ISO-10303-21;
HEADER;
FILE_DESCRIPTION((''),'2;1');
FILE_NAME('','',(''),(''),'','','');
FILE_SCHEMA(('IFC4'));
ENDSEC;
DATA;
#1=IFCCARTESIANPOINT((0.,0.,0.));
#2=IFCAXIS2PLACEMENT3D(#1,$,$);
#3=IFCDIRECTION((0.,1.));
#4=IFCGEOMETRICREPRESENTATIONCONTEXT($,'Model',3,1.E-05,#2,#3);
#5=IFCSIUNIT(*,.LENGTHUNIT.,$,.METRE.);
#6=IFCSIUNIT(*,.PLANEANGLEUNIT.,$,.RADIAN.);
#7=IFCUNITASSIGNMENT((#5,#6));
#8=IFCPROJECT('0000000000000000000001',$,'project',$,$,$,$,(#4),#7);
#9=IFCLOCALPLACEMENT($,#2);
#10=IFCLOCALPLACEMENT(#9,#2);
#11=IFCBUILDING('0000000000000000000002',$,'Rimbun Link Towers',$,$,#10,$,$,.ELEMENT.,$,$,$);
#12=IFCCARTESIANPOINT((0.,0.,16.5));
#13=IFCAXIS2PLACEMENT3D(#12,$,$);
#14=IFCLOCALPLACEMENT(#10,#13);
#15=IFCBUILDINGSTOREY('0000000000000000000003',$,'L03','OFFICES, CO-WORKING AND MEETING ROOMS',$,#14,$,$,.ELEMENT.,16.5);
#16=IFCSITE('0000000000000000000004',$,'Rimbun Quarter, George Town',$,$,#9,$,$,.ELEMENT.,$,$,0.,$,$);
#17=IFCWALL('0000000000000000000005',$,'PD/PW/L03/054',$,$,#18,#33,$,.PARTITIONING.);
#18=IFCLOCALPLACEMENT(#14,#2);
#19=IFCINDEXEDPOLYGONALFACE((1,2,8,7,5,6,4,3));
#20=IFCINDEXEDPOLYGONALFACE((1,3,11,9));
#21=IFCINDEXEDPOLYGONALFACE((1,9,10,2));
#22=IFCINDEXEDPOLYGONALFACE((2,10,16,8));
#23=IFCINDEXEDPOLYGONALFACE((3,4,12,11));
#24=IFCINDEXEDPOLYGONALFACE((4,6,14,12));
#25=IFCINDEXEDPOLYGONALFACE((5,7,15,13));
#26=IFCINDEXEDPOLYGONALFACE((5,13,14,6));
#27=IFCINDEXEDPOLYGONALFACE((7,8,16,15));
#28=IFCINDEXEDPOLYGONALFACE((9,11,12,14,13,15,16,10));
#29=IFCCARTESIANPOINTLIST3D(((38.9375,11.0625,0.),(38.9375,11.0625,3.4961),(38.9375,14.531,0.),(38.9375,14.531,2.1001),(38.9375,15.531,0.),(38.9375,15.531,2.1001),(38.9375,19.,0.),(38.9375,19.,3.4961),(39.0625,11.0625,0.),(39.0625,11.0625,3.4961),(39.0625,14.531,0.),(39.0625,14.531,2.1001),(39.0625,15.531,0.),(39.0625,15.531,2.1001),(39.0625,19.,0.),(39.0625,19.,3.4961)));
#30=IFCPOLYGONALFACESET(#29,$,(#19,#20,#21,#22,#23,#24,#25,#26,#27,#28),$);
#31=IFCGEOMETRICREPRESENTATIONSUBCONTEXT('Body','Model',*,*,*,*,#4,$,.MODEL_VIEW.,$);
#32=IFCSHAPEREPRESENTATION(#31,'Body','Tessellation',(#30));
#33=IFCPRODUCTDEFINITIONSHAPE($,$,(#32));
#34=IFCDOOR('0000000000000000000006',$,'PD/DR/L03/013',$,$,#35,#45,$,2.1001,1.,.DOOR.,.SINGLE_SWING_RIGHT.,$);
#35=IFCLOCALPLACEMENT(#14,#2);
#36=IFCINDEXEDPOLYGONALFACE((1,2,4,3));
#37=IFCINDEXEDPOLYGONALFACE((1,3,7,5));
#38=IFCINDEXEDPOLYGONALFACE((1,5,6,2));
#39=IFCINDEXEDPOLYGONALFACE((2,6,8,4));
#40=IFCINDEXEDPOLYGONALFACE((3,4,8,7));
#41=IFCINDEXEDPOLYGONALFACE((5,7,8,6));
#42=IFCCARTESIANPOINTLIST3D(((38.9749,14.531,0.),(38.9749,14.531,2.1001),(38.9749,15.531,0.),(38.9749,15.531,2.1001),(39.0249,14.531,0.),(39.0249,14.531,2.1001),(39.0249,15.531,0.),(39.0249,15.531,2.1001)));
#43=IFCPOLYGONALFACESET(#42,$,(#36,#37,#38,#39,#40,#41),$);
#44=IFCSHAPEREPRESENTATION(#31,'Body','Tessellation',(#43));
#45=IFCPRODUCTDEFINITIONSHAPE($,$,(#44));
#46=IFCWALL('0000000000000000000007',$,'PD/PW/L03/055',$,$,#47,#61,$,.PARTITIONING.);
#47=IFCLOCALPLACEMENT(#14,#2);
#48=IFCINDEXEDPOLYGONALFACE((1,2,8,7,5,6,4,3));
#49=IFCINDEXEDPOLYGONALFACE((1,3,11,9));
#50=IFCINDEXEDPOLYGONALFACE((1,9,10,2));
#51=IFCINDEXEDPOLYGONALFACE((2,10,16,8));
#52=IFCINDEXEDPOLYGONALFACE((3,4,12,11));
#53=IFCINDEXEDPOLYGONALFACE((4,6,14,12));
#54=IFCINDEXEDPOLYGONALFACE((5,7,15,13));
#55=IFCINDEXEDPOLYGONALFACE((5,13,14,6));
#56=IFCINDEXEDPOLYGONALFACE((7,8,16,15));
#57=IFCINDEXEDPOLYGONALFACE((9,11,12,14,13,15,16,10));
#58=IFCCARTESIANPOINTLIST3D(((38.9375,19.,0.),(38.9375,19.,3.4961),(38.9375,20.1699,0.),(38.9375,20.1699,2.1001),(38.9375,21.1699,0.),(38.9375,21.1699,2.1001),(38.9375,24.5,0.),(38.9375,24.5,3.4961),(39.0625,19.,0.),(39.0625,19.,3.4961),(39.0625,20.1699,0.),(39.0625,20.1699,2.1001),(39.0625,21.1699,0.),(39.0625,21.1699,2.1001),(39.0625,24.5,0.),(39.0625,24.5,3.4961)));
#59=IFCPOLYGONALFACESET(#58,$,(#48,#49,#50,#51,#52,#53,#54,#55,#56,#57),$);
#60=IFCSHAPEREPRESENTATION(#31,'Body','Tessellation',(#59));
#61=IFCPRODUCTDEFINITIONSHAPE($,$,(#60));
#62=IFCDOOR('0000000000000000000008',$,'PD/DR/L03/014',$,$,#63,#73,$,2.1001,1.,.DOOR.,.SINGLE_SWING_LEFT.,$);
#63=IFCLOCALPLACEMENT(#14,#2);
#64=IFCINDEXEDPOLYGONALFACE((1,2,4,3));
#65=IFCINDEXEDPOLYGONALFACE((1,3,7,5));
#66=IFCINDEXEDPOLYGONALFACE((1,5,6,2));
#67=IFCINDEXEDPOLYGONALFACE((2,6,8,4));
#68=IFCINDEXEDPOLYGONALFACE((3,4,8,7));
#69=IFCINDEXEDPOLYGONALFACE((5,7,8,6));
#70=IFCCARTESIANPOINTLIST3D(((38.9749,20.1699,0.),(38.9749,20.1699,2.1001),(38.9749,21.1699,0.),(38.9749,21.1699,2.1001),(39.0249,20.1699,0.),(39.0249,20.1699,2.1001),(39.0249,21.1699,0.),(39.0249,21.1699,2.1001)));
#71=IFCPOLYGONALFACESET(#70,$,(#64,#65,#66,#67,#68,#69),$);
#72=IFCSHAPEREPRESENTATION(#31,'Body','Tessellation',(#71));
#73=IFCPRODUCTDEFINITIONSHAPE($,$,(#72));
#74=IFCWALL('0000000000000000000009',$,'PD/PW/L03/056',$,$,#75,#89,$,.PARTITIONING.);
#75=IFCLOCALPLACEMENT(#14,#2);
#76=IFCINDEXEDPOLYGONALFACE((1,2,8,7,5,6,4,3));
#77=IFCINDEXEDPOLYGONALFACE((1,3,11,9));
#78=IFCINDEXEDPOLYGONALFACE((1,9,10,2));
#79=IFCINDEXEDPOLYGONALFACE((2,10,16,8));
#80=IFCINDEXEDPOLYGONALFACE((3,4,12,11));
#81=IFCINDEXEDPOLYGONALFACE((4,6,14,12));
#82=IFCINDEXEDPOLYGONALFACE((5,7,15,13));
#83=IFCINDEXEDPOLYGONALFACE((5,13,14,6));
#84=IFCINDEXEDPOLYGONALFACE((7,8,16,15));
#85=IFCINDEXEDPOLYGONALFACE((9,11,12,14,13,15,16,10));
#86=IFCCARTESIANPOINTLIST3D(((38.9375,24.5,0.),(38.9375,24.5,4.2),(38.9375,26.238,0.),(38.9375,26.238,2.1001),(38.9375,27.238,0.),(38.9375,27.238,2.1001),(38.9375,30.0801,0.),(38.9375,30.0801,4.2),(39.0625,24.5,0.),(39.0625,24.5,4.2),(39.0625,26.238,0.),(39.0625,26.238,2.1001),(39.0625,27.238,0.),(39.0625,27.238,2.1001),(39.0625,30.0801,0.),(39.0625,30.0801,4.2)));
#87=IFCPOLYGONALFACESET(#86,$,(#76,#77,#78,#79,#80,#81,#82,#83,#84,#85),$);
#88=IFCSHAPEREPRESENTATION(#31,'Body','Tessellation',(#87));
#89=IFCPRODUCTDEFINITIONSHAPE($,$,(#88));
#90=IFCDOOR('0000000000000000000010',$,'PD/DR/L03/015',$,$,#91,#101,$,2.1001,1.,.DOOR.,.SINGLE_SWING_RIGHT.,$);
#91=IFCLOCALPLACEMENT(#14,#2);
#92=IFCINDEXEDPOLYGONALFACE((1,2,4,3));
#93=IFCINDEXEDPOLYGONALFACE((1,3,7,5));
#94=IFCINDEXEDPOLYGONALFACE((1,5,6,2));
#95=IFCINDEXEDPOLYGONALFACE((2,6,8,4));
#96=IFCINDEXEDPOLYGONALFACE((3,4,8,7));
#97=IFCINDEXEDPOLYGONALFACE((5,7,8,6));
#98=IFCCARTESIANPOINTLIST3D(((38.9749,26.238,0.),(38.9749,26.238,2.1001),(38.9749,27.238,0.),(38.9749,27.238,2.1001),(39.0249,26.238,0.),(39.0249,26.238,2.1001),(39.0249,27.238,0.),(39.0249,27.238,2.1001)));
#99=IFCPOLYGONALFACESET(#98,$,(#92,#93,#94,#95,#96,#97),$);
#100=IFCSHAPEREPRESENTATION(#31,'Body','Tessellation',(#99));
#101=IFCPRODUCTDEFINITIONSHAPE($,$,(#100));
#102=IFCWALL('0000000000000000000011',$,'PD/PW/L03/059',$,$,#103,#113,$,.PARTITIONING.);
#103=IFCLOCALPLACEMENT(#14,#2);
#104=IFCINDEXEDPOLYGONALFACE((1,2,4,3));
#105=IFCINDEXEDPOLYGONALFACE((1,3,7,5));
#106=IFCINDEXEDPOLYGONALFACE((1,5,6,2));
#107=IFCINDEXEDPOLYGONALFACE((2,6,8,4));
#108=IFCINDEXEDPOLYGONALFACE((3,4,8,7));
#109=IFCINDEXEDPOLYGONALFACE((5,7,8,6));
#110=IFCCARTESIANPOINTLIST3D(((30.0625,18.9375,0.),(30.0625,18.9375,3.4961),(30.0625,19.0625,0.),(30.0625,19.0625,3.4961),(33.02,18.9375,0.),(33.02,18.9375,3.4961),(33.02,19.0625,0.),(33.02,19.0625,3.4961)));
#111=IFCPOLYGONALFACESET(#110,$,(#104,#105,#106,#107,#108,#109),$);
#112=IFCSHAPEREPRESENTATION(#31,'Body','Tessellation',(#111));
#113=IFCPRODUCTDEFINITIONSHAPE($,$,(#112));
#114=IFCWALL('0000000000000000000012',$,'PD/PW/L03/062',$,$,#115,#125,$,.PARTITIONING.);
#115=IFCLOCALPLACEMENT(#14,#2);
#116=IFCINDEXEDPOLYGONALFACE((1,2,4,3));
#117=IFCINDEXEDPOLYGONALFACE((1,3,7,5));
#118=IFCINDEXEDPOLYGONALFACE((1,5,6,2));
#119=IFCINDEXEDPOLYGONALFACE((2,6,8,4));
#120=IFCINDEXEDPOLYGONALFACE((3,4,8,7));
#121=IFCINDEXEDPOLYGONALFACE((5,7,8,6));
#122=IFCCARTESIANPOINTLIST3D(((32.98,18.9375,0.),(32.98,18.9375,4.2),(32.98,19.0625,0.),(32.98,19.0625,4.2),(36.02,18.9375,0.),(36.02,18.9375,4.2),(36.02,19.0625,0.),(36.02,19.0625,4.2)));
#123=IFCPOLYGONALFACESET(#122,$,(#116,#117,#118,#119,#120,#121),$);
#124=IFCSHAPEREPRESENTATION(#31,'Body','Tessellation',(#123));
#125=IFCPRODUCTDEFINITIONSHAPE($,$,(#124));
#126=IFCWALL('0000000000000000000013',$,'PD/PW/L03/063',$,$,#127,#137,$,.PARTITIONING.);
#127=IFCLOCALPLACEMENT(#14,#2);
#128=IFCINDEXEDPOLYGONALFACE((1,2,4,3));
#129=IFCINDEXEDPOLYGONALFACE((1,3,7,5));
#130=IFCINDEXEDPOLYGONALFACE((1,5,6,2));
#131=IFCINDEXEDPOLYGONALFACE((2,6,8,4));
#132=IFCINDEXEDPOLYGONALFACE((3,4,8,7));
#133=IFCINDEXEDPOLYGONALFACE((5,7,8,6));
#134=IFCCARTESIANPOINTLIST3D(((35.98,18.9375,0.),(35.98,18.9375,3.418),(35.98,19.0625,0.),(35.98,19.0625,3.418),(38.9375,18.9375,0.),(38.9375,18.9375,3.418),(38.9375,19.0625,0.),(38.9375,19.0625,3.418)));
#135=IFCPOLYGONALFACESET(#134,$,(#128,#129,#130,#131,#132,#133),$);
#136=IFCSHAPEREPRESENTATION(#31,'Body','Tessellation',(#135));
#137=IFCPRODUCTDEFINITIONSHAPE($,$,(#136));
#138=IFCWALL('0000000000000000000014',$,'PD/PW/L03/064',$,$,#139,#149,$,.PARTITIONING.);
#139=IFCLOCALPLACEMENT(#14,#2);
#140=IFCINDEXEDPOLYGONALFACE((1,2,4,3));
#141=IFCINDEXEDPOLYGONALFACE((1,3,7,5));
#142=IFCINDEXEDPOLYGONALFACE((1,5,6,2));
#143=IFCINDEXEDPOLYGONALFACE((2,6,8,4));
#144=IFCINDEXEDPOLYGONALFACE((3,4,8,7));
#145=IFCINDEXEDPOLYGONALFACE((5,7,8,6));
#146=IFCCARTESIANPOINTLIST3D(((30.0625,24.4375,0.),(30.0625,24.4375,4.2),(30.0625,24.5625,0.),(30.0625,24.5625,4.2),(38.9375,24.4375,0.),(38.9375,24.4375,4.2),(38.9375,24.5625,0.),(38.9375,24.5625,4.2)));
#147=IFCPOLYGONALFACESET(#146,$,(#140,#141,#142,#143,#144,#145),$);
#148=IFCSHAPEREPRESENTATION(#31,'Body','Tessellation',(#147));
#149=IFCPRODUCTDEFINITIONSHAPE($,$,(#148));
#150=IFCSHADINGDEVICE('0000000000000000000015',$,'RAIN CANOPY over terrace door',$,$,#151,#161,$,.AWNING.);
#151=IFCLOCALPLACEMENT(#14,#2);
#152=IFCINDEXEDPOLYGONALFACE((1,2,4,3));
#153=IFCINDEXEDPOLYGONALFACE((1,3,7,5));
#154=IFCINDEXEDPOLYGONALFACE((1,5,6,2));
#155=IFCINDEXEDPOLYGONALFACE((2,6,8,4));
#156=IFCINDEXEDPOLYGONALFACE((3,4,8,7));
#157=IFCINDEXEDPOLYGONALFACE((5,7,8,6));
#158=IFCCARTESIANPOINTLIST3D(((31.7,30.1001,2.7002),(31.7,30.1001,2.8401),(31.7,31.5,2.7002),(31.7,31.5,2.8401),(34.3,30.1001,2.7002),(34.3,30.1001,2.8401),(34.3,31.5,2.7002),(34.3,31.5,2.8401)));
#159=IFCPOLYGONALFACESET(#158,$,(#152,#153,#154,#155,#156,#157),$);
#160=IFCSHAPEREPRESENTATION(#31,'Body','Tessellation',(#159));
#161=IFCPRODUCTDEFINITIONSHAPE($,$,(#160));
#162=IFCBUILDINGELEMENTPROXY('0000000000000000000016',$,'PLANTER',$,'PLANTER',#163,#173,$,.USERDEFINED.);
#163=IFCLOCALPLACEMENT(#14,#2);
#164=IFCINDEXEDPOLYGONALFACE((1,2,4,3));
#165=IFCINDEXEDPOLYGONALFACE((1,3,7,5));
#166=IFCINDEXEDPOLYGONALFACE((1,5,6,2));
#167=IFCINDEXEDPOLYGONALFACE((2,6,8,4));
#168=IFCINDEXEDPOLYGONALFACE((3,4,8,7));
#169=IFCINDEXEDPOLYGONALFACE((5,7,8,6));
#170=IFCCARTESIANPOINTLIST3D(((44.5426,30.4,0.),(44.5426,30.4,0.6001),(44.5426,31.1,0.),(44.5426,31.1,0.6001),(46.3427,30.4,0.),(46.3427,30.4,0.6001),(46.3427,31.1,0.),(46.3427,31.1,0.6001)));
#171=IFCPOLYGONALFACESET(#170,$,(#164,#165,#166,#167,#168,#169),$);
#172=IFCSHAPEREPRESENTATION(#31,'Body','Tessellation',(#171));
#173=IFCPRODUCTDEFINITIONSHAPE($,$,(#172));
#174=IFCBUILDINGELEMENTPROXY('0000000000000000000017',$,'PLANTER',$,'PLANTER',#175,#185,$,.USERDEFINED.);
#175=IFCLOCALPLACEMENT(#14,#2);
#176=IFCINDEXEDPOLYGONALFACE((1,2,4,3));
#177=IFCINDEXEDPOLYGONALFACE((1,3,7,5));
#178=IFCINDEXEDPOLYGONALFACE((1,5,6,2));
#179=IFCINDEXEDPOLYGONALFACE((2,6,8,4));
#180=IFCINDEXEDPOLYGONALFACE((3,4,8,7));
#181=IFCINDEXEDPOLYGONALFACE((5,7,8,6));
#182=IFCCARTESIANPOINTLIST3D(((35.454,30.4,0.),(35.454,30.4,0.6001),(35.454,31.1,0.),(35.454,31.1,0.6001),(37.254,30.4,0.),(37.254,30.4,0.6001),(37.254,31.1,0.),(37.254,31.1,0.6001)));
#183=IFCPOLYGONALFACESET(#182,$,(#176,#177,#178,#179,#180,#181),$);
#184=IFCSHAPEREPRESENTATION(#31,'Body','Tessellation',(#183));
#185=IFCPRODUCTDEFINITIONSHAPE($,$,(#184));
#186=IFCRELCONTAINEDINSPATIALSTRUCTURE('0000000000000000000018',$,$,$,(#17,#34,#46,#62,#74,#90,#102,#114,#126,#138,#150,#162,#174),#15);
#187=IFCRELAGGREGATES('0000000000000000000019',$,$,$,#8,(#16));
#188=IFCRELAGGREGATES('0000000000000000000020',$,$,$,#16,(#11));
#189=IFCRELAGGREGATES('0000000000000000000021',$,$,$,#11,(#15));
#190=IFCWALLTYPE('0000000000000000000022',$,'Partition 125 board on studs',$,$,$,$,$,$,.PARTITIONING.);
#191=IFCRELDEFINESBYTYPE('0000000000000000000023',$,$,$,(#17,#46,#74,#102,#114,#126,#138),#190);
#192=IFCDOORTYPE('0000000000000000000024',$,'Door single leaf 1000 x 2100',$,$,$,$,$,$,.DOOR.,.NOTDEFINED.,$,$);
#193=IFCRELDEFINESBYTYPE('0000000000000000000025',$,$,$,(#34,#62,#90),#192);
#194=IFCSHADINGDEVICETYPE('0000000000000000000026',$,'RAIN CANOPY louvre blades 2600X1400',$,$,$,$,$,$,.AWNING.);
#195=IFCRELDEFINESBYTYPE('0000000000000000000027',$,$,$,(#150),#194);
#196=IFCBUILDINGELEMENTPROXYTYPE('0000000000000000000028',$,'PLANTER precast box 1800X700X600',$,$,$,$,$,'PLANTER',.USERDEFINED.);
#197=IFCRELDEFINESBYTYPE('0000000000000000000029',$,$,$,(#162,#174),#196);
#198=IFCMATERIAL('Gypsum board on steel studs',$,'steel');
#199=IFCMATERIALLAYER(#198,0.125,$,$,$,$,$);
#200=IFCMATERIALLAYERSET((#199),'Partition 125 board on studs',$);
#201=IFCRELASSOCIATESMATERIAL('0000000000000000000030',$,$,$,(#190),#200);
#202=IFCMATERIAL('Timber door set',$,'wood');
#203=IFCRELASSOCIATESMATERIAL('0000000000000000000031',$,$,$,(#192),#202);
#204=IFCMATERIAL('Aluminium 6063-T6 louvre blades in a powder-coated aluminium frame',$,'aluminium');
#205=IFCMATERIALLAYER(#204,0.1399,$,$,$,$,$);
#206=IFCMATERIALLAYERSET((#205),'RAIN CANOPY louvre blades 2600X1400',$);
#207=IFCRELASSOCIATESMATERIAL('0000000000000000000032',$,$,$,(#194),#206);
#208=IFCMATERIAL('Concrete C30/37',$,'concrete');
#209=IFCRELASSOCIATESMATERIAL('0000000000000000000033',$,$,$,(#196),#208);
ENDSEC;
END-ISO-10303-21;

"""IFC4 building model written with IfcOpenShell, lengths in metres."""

from ifc_helpers import new_model, si_unit, direction, frame, frame_2d, origin, origin_2d, place, context, subcontext, project, spatial, rectangle, extrude, material, layer, layer_set, type_object, element, fill, save


model = new_model("IFC4")

# Units and contexts
model_context = context("Model", 3, precision=1e-05, world=origin(), true_north=direction((0.0, 1.0)))
body_context = subcontext(model_context, "Body", "Model", "MODEL_VIEW")
ifc_project = project(units=[si_unit("LENGTHUNIT", "METRE"), si_unit("PLANEANGLEUNIT", "RADIAN")], contexts=[model_context])

# Site, building, storey
site_placement = place(None, origin())
site = spatial("IfcSite", under=ifc_project, at=site_placement, Name="Rimbun Quarter, George Town", CompositionType="ELEMENT", RefElevation=0.0)
building_placement = place(site_placement, origin())
building = spatial("IfcBuilding", under=site, at=building_placement, Name="Rimbun Link Towers", CompositionType="ELEMENT")
storey_placement = place(building_placement, frame((0.0, 0.0, 16.5)))
storey = spatial("IfcBuildingStorey", under=building, at=storey_placement, Name="L03", Description="OFFICES, CO-WORKING AND MEETING ROOMS", CompositionType="ELEMENT", Elevation=16.5)

# Walls, openings, doors
ifc_material_1 = material(Name="Gypsum board on steel studs", Category="steel")
ifc_layer_1 = layer(ifc_material_1, 0.125)
ifc_layer_set_1 = layer_set([ifc_layer_1], Name="Partition 125 board on studs")
wall_type = type_object("IfcWallType", Name="Partition 125 board on studs", PredefinedType="PARTITIONING", material=ifc_layer_set_1)
wall_1_placement = place(storey_placement, frame((39.0, 19.0, 0.0), z_axis=(0.0, 0.0, 1.0), x_axis=(0.0, -1.0, 0.0)))
wall_1 = element("IfcWall", 1, at=wall_1_placement, inside=storey, type_object=wall_type, Name="PD/PW/L03/054", PredefinedType="PARTITIONING", context=body_context, shape_type="SweptSolid", body=[
    extrude(rectangle(XDim=7.9375, YDim=0.125, at=frame_2d((3.9688, 0.0))), origin(), (0.0, 0.0, 1.0), 3.4961),
])
opening_1_placement = place(wall_1_placement, frame((3.469, 0.0, 0.0)))
opening_1 = element("IfcOpeningElement", 2, at=opening_1_placement, cuts=wall_1, PredefinedType="OPENING", context=body_context, shape_type="SweptSolid", body=[
    extrude(rectangle(XDim=1.0, YDim=2.1001, at=frame_2d((0.5, 1.05))), frame((0.0, 0.0725, 0.0), z_axis=(0.0, -1.0, 0.0), x_axis=(1.0, 0.0, 0.0)), (0.0, 0.0, 1.0), 0.145),
])
ifc_material_2 = material(Name="Timber door set", Category="wood")
door_type = type_object("IfcDoorType", Name="Door single leaf 1000 x 2100", OperationType="NOTDEFINED", PredefinedType="DOOR", material=ifc_material_2)
door_1_placement = place(opening_1_placement, origin())
door_1 = element("IfcDoor", 3, at=door_1_placement, inside=storey, type_object=door_type, Name="PD/DR/L03/013", OperationType="SINGLE_SWING_RIGHT", OverallHeight=2.1001, OverallWidth=1.0, PredefinedType="DOOR", context=body_context, shape_type="SweptSolid", body=[
    extrude(rectangle(XDim=1.0, YDim=2.1001, at=frame_2d((0.5, 1.05))), frame((0.0, 0.0249, 0.0), z_axis=(0.0, -1.0, 0.0), x_axis=(1.0, 0.0, 0.0)), (0.0, 0.0, 1.0), 0.05),
])
fill(opening_1, door_1)
wall_2_placement = place(storey_placement, frame((39.0, 24.5, 0.0), z_axis=(0.0, 0.0, 1.0), x_axis=(0.0, -1.0, 0.0)))
wall_2 = element("IfcWall", 4, at=wall_2_placement, inside=storey, type_object=wall_type, Name="PD/PW/L03/055", PredefinedType="PARTITIONING", context=body_context, shape_type="SweptSolid", body=[
    extrude(rectangle(XDim=5.5, YDim=0.125, at=frame_2d((2.75, 0.0))), origin(), (0.0, 0.0, 1.0), 3.4961),
])
opening_2_placement = place(wall_2_placement, frame((3.3301, 0.0, 0.0)))
opening_2 = element("IfcOpeningElement", 5, at=opening_2_placement, cuts=wall_2, PredefinedType="OPENING", context=body_context, shape_type="SweptSolid", body=[
    extrude(rectangle(XDim=1.0, YDim=2.1001, at=frame_2d((0.5, 1.05))), frame((0.0, 0.0725, 0.0), z_axis=(0.0, -1.0, 0.0), x_axis=(1.0, 0.0, 0.0)), (0.0, 0.0, 1.0), 0.145),
])
door_2_placement = place(opening_2_placement, origin())
door_2 = element("IfcDoor", 6, at=door_2_placement, inside=storey, type_object=door_type, Name="PD/DR/L03/014", OperationType="SINGLE_SWING_LEFT", OverallHeight=2.1001, OverallWidth=1.0, PredefinedType="DOOR", context=body_context, shape_type="SweptSolid", body=[
    extrude(rectangle(XDim=1.0, YDim=2.1001, at=frame_2d((0.5, 1.05))), frame((0.0, 0.0249, 0.0), z_axis=(0.0, -1.0, 0.0), x_axis=(1.0, 0.0, 0.0)), (0.0, 0.0, 1.0), 0.05),
])
fill(opening_2, door_2)
wall_3_placement = place(storey_placement, frame((39.0, 30.0801, 0.0), z_axis=(0.0, 0.0, 1.0), x_axis=(0.0, -1.0, 0.0)))
wall_3 = element("IfcWall", 7, at=wall_3_placement, inside=storey, type_object=wall_type, Name="PD/PW/L03/056", PredefinedType="PARTITIONING", context=body_context, shape_type="SweptSolid", body=[
    extrude(rectangle(XDim=5.5801, YDim=0.125, at=frame_2d((2.79, 0.0))), origin(), (0.0, 0.0, 1.0), 4.2),
])
opening_3_placement = place(wall_3_placement, frame((2.842, 0.0, 0.0)))
opening_3 = element("IfcOpeningElement", 8, at=opening_3_placement, cuts=wall_3, PredefinedType="OPENING", context=body_context, shape_type="SweptSolid", body=[
    extrude(rectangle(XDim=1.0, YDim=2.1001, at=frame_2d((0.5, 1.05))), frame((0.0, 0.0725, 0.0), z_axis=(0.0, -1.0, 0.0), x_axis=(1.0, 0.0, 0.0)), (0.0, 0.0, 1.0), 0.145),
])
door_3_placement = place(opening_3_placement, origin())
door_3 = element("IfcDoor", 9, at=door_3_placement, inside=storey, type_object=door_type, Name="PD/DR/L03/015", OperationType="SINGLE_SWING_RIGHT", OverallHeight=2.1001, OverallWidth=1.0, PredefinedType="DOOR", context=body_context, shape_type="SweptSolid", body=[
    extrude(rectangle(XDim=1.0, YDim=2.1001, at=frame_2d((0.5, 1.05))), frame((0.0, 0.0249, 0.0), z_axis=(0.0, -1.0, 0.0), x_axis=(1.0, 0.0, 0.0)), (0.0, 0.0, 1.0), 0.05),
])
fill(opening_3, door_3)

# Walls
wall_4_placement = place(storey_placement, frame((33.02, 19.0, 0.0), z_axis=(0.0, 0.0, 1.0), x_axis=(-1.0, 0.0, 0.0)))
element("IfcWall", 10, at=wall_4_placement, inside=storey, type_object=wall_type, Name="PD/PW/L03/059", PredefinedType="PARTITIONING", context=body_context, shape_type="SweptSolid", body=[
    extrude(rectangle(XDim=2.9575, YDim=0.125, at=frame_2d((1.4788, 0.0))), origin(), (0.0, 0.0, 1.0), 3.4961),
])
wall_5_placement = place(storey_placement, frame((36.02, 19.0, 0.0), z_axis=(0.0, 0.0, 1.0), x_axis=(-1.0, 0.0, 0.0)))
element("IfcWall", 11, at=wall_5_placement, inside=storey, type_object=wall_type, Name="PD/PW/L03/062", PredefinedType="PARTITIONING", context=body_context, shape_type="SweptSolid", body=[
    extrude(rectangle(XDim=3.04, YDim=0.125, at=frame_2d((1.52, 0.0))), origin(), (0.0, 0.0, 1.0), 4.2),
])
wall_6_placement = place(storey_placement, frame((38.9375, 19.0, 0.0), z_axis=(0.0, 0.0, 1.0), x_axis=(-1.0, 0.0, 0.0)))
element("IfcWall", 12, at=wall_6_placement, inside=storey, type_object=wall_type, Name="PD/PW/L03/063", PredefinedType="PARTITIONING", context=body_context, shape_type="SweptSolid", body=[
    extrude(rectangle(XDim=2.9575, YDim=0.125, at=frame_2d((1.4788, 0.0))), origin(), (0.0, 0.0, 1.0), 3.418),
])
wall_7_placement = place(storey_placement, frame((38.9375, 24.5, 0.0), z_axis=(0.0, 0.0, 1.0), x_axis=(-1.0, 0.0, 0.0)))
element("IfcWall", 13, at=wall_7_placement, inside=storey, type_object=wall_type, Name="PD/PW/L03/064", PredefinedType="PARTITIONING", context=body_context, shape_type="SweptSolid", body=[
    extrude(rectangle(XDim=8.875, YDim=0.125, at=frame_2d((4.4375, 0.0))), origin(), (0.0, 0.0, 1.0), 4.2),
])

# Shading device
ifc_material_3 = material(Name="Aluminium 6063-T6 louvre blades in a powder-coated aluminium frame", Category="aluminium")
ifc_layer_2 = layer(ifc_material_3, 0.1399)
ifc_layer_set_2 = layer_set([ifc_layer_2], Name="RAIN CANOPY louvre blades 2600X1400")
shading_device_type = type_object("IfcShadingDeviceType", Name="RAIN CANOPY louvre blades 2600X1400", PredefinedType="AWNING", material=ifc_layer_set_2)
shading_device_placement = place(storey_placement, frame((33.0, 30.8, 2.7002), z_axis=(0.0, 0.0, 1.0), x_axis=(1.0, 0.0, 0.0)))
element("IfcShadingDevice", 14, at=shading_device_placement, inside=storey, type_object=shading_device_type, Name="RAIN CANOPY over terrace door", PredefinedType="AWNING", context=body_context, shape_type="SweptSolid", body=[
    extrude(rectangle(XDim=2.6001, YDim=1.3999, at=origin_2d()), origin(), (0.0, 0.0, 1.0), 0.1399),
])

# Building element proxies
ifc_material_4 = material(Name="Concrete C30/37", Category="concrete")
building_element_proxy_type = type_object("IfcBuildingElementProxyType", Name="PLANTER precast box 1800X700X600", ElementType="PLANTER", PredefinedType="USERDEFINED", material=ifc_material_4)
for number, where, z_axis, x_axis, name in (
    (15, (45.4426, 30.75, 0.0), (0.0, 0.0, 1.0), (-1.0, 0.0, 0.0), "PLANTER"),
    (16, (36.354, 30.75, 0.0), (0.0, 0.0, 1.0), (-1.0, 0.0, 0.0), "PLANTER"),
):
    element("IfcBuildingElementProxy", number, at=place(storey_placement, frame(where, z_axis=z_axis, x_axis=x_axis)), inside=storey, type_object=building_element_proxy_type, Name=name, ObjectType="PLANTER", PredefinedType="USERDEFINED", context=body_context, shape_type="SweptSolid", body=[
        extrude(rectangle(XDim=1.8, YDim=0.7, at=origin_2d()), origin(), (0.0, 0.0, 1.0), 0.6001),
    ])

save(model, "model.ifc")
